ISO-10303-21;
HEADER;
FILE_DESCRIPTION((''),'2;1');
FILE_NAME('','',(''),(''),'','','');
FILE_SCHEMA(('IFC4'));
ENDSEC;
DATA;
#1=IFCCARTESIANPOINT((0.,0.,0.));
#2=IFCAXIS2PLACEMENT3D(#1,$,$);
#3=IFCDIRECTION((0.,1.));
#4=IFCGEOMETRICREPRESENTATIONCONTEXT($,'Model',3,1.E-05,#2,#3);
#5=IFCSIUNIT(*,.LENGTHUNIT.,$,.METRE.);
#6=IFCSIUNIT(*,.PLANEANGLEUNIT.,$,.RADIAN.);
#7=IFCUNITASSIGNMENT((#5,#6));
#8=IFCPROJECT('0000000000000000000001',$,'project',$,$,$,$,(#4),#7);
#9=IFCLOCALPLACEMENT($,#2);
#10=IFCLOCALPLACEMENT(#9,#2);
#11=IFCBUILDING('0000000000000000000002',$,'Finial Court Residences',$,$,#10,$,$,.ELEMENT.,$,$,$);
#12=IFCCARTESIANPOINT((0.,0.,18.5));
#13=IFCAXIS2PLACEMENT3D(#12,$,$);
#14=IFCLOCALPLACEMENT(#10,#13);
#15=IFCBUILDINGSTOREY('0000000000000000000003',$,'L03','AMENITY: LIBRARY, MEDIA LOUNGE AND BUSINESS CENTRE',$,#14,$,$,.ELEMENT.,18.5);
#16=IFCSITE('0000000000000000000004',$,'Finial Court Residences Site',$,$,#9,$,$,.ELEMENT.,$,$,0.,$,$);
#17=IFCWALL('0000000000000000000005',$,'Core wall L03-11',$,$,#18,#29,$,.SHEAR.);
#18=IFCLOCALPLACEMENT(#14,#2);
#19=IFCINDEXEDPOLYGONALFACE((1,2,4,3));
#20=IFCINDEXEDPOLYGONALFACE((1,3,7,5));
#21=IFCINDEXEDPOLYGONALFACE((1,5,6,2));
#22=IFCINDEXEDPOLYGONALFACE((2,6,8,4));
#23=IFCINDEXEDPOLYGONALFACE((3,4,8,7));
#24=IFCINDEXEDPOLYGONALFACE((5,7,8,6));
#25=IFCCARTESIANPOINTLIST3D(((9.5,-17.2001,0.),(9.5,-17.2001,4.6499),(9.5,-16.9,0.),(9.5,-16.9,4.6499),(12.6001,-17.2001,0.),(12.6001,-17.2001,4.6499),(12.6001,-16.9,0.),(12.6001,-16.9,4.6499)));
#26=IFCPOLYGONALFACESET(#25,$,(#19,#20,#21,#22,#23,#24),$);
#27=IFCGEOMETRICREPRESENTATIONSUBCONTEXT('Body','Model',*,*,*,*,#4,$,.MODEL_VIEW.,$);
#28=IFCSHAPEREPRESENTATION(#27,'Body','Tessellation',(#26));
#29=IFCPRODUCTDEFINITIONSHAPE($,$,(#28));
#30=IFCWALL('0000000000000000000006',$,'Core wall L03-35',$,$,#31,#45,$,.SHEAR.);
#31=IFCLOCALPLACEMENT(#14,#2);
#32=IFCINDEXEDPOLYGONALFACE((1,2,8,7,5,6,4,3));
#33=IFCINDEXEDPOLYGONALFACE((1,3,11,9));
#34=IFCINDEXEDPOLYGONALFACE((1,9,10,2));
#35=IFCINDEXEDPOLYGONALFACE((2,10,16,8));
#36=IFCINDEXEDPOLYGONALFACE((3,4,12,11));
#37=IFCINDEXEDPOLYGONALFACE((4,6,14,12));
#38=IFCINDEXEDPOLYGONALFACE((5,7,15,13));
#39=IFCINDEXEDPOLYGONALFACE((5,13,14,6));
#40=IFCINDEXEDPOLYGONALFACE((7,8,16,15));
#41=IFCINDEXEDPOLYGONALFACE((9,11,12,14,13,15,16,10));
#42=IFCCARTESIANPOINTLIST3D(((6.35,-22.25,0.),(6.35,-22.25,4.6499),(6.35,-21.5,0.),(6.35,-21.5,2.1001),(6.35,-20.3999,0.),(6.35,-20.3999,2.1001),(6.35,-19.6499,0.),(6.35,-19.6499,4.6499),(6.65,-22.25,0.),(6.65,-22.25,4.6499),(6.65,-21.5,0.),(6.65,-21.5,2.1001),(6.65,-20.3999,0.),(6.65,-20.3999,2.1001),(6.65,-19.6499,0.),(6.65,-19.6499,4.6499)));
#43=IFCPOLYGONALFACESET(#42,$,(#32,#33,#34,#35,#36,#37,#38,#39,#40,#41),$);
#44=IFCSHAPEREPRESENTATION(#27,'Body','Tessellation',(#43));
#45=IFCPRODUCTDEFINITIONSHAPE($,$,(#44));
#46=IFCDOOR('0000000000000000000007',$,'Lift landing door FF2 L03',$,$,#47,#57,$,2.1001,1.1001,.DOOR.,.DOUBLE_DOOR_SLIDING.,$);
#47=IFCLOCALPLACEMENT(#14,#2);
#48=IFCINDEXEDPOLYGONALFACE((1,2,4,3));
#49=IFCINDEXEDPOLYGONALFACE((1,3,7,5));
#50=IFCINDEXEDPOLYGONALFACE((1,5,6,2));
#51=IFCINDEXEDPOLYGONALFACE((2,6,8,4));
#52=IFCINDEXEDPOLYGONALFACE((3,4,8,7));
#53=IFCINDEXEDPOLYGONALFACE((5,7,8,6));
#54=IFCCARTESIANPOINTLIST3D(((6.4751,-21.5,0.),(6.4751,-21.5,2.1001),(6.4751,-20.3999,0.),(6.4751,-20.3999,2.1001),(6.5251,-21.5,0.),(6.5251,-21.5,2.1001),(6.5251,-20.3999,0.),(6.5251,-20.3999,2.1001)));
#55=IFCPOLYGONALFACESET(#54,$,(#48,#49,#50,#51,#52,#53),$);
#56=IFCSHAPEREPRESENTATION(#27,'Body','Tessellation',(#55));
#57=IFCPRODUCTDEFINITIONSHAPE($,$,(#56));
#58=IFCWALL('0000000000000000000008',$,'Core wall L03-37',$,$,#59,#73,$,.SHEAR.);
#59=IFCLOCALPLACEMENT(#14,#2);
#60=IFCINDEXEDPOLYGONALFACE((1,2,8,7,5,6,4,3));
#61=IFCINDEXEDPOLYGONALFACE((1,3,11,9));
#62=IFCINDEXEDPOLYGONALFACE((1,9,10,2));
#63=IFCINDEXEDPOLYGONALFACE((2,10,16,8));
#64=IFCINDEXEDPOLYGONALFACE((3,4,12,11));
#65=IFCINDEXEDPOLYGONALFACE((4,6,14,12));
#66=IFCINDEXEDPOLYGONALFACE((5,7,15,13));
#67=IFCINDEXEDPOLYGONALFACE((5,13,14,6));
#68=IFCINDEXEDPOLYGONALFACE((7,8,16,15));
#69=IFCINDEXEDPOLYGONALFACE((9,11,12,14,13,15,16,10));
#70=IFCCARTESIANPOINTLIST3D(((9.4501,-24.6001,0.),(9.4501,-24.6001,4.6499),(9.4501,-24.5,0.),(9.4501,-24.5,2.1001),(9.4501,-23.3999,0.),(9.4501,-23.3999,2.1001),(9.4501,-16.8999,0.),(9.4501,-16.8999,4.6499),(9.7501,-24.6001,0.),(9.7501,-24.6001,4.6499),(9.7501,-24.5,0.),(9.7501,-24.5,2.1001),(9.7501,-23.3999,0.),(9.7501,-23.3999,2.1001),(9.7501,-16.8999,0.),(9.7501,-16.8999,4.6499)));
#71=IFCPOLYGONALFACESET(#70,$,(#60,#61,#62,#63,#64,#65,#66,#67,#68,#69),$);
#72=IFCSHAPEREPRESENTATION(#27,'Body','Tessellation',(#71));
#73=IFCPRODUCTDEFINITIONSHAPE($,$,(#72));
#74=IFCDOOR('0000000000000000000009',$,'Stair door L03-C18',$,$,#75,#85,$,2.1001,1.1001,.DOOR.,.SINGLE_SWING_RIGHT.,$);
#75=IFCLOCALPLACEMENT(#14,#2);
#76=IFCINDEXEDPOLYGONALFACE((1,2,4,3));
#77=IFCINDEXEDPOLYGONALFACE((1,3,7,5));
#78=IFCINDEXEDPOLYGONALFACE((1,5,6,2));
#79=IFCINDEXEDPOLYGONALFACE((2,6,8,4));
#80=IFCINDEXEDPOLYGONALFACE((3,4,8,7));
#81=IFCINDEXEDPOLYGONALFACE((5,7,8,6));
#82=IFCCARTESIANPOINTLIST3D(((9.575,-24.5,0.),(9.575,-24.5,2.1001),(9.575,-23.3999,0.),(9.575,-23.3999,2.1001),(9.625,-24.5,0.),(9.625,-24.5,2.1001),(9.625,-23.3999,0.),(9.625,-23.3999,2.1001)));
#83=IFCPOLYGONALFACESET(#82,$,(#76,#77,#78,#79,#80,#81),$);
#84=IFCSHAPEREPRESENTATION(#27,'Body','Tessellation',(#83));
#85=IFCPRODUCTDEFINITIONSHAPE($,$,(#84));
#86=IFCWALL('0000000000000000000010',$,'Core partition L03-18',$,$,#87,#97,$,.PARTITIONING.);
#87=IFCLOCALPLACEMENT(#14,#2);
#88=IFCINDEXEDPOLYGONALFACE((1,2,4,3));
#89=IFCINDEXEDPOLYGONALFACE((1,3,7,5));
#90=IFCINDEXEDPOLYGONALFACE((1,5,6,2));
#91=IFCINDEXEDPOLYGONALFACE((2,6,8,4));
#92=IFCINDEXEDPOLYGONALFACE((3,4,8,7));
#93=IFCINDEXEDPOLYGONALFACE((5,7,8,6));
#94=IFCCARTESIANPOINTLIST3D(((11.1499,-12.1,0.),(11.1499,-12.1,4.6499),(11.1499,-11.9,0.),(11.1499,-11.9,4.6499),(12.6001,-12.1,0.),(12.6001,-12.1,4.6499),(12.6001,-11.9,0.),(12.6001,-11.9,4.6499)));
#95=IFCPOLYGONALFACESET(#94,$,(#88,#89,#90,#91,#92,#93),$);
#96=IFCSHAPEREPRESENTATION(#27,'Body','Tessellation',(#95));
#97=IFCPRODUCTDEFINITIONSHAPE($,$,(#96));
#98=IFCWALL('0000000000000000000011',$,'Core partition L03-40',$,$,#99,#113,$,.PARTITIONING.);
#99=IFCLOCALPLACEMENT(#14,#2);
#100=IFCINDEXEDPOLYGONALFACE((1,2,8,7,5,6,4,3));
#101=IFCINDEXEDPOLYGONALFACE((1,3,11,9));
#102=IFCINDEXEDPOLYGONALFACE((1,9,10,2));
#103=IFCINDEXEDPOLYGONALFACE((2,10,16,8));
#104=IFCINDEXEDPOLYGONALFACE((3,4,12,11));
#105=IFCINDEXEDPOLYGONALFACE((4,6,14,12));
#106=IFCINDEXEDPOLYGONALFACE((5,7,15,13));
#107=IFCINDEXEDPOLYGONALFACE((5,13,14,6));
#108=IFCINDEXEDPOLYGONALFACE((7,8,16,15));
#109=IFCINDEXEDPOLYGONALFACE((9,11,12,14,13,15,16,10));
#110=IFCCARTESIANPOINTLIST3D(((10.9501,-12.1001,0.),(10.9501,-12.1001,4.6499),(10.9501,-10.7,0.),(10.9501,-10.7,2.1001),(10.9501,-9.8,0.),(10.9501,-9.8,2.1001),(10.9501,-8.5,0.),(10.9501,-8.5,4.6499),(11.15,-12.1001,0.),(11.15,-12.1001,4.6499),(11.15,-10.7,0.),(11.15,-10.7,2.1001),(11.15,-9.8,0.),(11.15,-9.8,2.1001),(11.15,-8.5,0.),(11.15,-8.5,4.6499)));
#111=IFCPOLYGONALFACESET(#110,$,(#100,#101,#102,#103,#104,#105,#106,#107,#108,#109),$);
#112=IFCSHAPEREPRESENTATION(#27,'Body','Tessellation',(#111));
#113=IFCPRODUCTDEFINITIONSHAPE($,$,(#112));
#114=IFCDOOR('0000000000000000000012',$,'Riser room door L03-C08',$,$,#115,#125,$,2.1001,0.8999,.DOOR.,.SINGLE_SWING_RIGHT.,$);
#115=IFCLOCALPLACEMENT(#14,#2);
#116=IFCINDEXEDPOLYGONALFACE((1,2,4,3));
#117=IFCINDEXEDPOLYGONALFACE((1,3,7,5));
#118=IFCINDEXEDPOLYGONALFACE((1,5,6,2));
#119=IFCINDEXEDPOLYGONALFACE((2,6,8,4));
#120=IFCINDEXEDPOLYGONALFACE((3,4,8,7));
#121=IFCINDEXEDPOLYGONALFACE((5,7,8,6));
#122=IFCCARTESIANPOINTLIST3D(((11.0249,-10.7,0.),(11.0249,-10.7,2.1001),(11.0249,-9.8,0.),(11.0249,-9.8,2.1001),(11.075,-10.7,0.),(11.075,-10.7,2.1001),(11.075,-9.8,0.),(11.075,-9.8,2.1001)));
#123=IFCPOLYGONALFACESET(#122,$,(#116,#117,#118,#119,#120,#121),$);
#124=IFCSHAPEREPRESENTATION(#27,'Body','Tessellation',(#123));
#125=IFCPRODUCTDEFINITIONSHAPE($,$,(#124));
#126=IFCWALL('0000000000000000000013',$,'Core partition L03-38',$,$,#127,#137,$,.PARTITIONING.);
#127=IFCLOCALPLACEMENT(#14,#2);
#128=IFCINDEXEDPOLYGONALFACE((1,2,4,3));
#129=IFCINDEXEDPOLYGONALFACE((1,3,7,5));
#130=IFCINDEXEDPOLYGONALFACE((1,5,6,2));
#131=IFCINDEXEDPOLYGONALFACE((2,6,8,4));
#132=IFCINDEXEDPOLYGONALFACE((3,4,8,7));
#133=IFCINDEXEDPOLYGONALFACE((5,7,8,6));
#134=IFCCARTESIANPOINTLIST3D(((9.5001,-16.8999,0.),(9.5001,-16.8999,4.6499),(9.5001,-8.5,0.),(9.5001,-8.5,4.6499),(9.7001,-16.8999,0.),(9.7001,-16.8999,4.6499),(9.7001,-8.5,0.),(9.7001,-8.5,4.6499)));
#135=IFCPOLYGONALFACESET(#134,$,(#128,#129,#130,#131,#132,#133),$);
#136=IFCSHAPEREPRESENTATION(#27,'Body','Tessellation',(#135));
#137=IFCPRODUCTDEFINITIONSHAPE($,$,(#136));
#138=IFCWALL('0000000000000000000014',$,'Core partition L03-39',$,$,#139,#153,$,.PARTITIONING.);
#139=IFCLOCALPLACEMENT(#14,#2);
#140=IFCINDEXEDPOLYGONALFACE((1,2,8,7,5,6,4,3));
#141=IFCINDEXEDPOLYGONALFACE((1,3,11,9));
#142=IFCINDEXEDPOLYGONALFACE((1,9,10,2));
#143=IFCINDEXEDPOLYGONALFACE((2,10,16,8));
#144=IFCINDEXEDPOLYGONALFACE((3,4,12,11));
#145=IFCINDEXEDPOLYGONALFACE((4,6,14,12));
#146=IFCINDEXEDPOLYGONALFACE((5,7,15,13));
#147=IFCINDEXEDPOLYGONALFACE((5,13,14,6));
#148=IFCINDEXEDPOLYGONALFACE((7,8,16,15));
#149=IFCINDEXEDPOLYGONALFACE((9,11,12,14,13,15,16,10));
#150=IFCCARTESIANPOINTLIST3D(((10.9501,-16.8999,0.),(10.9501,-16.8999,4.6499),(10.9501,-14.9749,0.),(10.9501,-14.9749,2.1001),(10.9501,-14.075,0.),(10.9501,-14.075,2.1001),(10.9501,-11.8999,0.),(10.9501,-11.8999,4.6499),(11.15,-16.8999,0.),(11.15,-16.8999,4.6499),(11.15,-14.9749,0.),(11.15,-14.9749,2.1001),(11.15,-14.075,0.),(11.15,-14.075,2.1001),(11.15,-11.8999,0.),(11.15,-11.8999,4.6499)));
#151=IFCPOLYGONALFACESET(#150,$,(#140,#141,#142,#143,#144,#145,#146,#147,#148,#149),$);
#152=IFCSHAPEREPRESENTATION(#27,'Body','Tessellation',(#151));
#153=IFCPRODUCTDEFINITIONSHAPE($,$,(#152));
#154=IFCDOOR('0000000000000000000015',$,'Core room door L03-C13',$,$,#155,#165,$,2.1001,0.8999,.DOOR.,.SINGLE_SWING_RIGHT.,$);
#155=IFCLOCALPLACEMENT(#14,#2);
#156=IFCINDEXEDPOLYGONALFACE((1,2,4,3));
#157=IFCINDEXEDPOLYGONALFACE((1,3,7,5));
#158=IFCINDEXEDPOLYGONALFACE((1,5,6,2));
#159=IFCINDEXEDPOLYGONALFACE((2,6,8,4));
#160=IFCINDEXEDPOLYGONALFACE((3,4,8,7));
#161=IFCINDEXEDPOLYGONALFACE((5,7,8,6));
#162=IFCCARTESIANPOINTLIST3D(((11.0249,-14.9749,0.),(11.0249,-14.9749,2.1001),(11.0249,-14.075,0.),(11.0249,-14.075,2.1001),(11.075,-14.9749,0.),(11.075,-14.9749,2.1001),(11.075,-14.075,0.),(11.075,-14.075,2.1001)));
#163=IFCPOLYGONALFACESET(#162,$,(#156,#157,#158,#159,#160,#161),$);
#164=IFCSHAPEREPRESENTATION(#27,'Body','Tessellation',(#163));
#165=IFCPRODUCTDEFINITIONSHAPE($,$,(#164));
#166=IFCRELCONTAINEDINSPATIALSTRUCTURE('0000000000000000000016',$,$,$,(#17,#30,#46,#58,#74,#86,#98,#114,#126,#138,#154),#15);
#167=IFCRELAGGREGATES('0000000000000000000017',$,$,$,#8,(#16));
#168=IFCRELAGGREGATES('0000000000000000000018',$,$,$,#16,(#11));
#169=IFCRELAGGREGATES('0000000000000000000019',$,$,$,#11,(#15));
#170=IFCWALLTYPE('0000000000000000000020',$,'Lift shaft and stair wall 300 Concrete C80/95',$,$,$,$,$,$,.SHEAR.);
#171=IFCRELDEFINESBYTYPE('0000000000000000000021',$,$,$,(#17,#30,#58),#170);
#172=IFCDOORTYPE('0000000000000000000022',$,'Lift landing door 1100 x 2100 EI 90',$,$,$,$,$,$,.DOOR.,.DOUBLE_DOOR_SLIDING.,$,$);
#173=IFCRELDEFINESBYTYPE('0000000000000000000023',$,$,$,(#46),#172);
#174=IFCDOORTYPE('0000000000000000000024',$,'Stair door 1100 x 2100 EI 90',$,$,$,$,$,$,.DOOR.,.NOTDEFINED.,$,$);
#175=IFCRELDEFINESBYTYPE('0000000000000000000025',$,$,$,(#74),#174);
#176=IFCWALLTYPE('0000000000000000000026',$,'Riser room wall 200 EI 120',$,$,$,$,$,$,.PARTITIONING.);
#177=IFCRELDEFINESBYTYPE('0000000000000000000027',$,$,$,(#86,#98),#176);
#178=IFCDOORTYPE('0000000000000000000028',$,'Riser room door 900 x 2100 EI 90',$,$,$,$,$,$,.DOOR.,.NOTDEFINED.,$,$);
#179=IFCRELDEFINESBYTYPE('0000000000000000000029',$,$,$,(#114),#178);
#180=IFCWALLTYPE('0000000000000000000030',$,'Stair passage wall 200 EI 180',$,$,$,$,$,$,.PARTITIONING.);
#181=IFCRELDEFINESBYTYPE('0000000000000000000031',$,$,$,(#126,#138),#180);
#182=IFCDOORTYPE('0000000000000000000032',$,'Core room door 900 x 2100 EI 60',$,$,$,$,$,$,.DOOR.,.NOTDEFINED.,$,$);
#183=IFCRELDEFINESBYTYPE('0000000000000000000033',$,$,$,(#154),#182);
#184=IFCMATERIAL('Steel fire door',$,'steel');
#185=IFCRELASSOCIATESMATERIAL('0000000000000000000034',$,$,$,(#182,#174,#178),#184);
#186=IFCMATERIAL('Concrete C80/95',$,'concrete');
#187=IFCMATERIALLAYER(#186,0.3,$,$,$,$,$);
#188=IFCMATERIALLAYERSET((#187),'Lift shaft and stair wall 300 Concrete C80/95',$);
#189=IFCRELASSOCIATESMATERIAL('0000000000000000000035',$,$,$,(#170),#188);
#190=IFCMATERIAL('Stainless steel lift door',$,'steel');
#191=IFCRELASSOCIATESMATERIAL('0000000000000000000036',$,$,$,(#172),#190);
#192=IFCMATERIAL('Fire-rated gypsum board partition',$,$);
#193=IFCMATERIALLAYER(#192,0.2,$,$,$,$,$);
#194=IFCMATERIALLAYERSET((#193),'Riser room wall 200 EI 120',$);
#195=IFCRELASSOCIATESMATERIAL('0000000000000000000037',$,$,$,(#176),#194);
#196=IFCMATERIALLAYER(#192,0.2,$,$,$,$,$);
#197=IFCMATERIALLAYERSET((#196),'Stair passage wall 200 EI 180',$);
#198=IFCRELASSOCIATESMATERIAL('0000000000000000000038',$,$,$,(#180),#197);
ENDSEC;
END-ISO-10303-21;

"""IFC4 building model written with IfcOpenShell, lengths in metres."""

from ifc_helpers import new_model, si_unit, direction, frame, frame_2d, origin, place, context, subcontext, project, spatial, rectangle, extrude, material, layer, layer_set, type_object, element, fill, save


model = new_model("IFC4")

# Units and contexts
model_context = context("Model", 3, precision=1e-05, world=origin(), true_north=direction((0.0, 1.0)))
body_context = subcontext(model_context, "Body", "Model", "MODEL_VIEW")
ifc_project = project(units=[si_unit("LENGTHUNIT", "METRE"), si_unit("PLANEANGLEUNIT", "RADIAN")], contexts=[model_context])

# Site, building, storey
site_placement = place(None, origin())
site = spatial("IfcSite", under=ifc_project, at=site_placement, Name="Finial Court Residences Site", CompositionType="ELEMENT", RefElevation=0.0)
building_placement = place(site_placement, origin())
building = spatial("IfcBuilding", under=site, at=building_placement, Name="Finial Court Residences", CompositionType="ELEMENT")
storey_placement = place(building_placement, frame((0.0, 0.0, 18.5)))
storey = spatial("IfcBuildingStorey", under=building, at=storey_placement, Name="L03", Description="AMENITY: LIBRARY, MEDIA LOUNGE AND BUSINESS CENTRE", CompositionType="ELEMENT", Elevation=18.5)

# Shared definitions
ifc_material_1 = material(Name="Concrete C80/95", Category="concrete")

# Shared definitions
ifc_material_2 = material(Name="Fire-rated gypsum board partition")

# Shared definitions
ifc_material_3 = material(Name="Steel fire door", Category="steel")
door_type_1 = type_object("IfcDoorType", Name="Core room door 900 x 2100 EI 60", OperationType="NOTDEFINED", PredefinedType="DOOR", material=ifc_material_3)

# Wall
ifc_layer_1 = layer(ifc_material_1, 0.3)
ifc_layer_set_1 = layer_set([ifc_layer_1], Name="Lift shaft and stair wall 300 Concrete C80/95")
wall_type_1 = type_object("IfcWallType", Name="Lift shaft and stair wall 300 Concrete C80/95", PredefinedType="SHEAR", material=ifc_layer_set_1)
wall_1_placement = place(storey_placement, frame((9.5, -17.05, 0.0), z_axis=(0.0, 0.0, 1.0), x_axis=(1.0, 0.0, 0.0)))
element("IfcWall", 1, at=wall_1_placement, inside=storey, type_object=wall_type_1, Name="Core wall L03-11", PredefinedType="SHEAR", context=body_context, shape_type="SweptSolid", body=[
    extrude(rectangle(XDim=3.1001, YDim=0.3, at=frame_2d((1.55, 0.0))), origin(), (0.0, 0.0, 1.0), 4.6499),
])

# Walls, openings, doors
wall_2_placement = place(storey_placement, frame((6.5, -22.25, 0.0), z_axis=(0.0, 0.0, 1.0), x_axis=(0.0, 1.0, 0.0)))
wall_2 = element("IfcWall", 2, at=wall_2_placement, inside=storey, type_object=wall_type_1, Name="Core wall L03-35", PredefinedType="SHEAR", context=body_context, shape_type="SweptSolid", body=[
    extrude(rectangle(XDim=2.6001, YDim=0.3, at=frame_2d((1.3, 0.0))), origin(), (0.0, 0.0, 1.0), 4.6499),
])
opening_1_placement = place(wall_2_placement, frame((0.75, 0.0, 0.0)))
opening_1 = element("IfcOpeningElement", 3, at=opening_1_placement, cuts=wall_2, PredefinedType="OPENING", context=body_context, shape_type="SweptSolid", body=[
    extrude(rectangle(XDim=1.1001, YDim=2.1001, at=frame_2d((0.55, 1.05))), frame((0.0, 0.1599, 0.0), z_axis=(0.0, -1.0, 0.0), x_axis=(1.0, 0.0, 0.0)), (0.0, 0.0, 1.0), 0.3201),
])
ifc_material_4 = material(Name="Stainless steel lift door", Category="steel")
door_type_2 = type_object("IfcDoorType", Name="Lift landing door 1100 x 2100 EI 90", OperationType="DOUBLE_DOOR_SLIDING", PredefinedType="DOOR", material=ifc_material_4)
door_1_placement = place(opening_1_placement, origin())
door_1 = element("IfcDoor", 4, at=door_1_placement, inside=storey, type_object=door_type_2, Name="Lift landing door FF2 L03", OperationType="DOUBLE_DOOR_SLIDING", OverallHeight=2.1001, OverallWidth=1.1001, PredefinedType="DOOR", context=body_context, shape_type="SweptSolid", body=[
    extrude(rectangle(XDim=1.1001, YDim=2.1001, at=frame_2d((0.55, 1.05))), frame((0.0, 0.0249, 0.0), z_axis=(0.0, -1.0, 0.0), x_axis=(1.0, 0.0, 0.0)), (0.0, 0.0, 1.0), 0.05),
])
fill(opening_1, door_1)
wall_3_placement = place(storey_placement, frame((9.6001, -16.8999, 0.0), z_axis=(0.0, 0.0, 1.0), x_axis=(0.0, -1.0, 0.0)))
wall_3 = element("IfcWall", 5, at=wall_3_placement, inside=storey, type_object=wall_type_1, Name="Core wall L03-37", PredefinedType="SHEAR", context=body_context, shape_type="SweptSolid", body=[
    extrude(rectangle(XDim=7.7002, YDim=0.3, at=frame_2d((3.8501, 0.0))), origin(), (0.0, 0.0, 1.0), 4.6499),
])
opening_2_placement = place(wall_3_placement, frame((6.5, 0.0, 0.0)))
opening_2 = element("IfcOpeningElement", 6, at=opening_2_placement, cuts=wall_3, PredefinedType="OPENING", context=body_context, shape_type="SweptSolid", body=[
    extrude(rectangle(XDim=1.1001, YDim=2.1001, at=frame_2d((0.55, 1.05))), frame((0.0, 0.1599, 0.0), z_axis=(0.0, -1.0, 0.0), x_axis=(1.0, 0.0, 0.0)), (0.0, 0.0, 1.0), 0.3201),
])
door_type_3 = type_object("IfcDoorType", Name="Stair door 1100 x 2100 EI 90", OperationType="NOTDEFINED", PredefinedType="DOOR", material=ifc_material_3)
door_2_placement = place(opening_2_placement, origin())
door_2 = element("IfcDoor", 7, at=door_2_placement, inside=storey, type_object=door_type_3, Name="Stair door L03-C18", OperationType="SINGLE_SWING_RIGHT", OverallHeight=2.1001, OverallWidth=1.1001, PredefinedType="DOOR", context=body_context, shape_type="SweptSolid", body=[
    extrude(rectangle(XDim=1.1001, YDim=2.1001, at=frame_2d((0.55, 1.05))), frame((0.0, 0.0249, 0.0), z_axis=(0.0, -1.0, 0.0), x_axis=(1.0, 0.0, 0.0)), (0.0, 0.0, 1.0), 0.05),
])
fill(opening_2, door_2)

# Wall
ifc_layer_2 = layer(ifc_material_2, 0.2)
ifc_layer_set_2 = layer_set([ifc_layer_2], Name="Riser room wall 200 EI 120")
wall_type_2 = type_object("IfcWallType", Name="Riser room wall 200 EI 120", PredefinedType="PARTITIONING", material=ifc_layer_set_2)
wall_4_placement = place(storey_placement, frame((11.1499, -12.0, 0.0), z_axis=(0.0, 0.0, 1.0), x_axis=(1.0, 0.0, 0.0)))
element("IfcWall", 8, at=wall_4_placement, inside=storey, type_object=wall_type_2, Name="Core partition L03-18", PredefinedType="PARTITIONING", context=body_context, shape_type="SweptSolid", body=[
    extrude(rectangle(XDim=1.4502, YDim=0.2, at=frame_2d((0.7251, 0.0))), origin(), (0.0, 0.0, 1.0), 4.6499),
])

# Wall, opening, door
wall_5_placement = place(storey_placement, frame((11.05, -8.5, 0.0), z_axis=(0.0, 0.0, 1.0), x_axis=(0.0, -1.0, 0.0)))
wall_5 = element("IfcWall", 9, at=wall_5_placement, inside=storey, type_object=wall_type_2, Name="Core partition L03-40", PredefinedType="PARTITIONING", context=body_context, shape_type="SweptSolid", body=[
    extrude(rectangle(XDim=3.6001, YDim=0.2, at=frame_2d((1.8, 0.0))), origin(), (0.0, 0.0, 1.0), 4.6499),
])
opening_3_placement = place(wall_5_placement, frame((1.3, 0.0, 0.0)))
opening_3 = element("IfcOpeningElement", 10, at=opening_3_placement, cuts=wall_5, PredefinedType="OPENING", context=body_context, shape_type="SweptSolid", body=[
    extrude(rectangle(XDim=0.8999, YDim=2.1001, at=frame_2d((0.45, 1.05))), frame((0.0, 0.1099, 0.0), z_axis=(0.0, -1.0, 0.0), x_axis=(1.0, 0.0, 0.0)), (0.0, 0.0, 1.0), 0.22),
])
door_type_4 = type_object("IfcDoorType", Name="Riser room door 900 x 2100 EI 90", OperationType="NOTDEFINED", PredefinedType="DOOR", material=ifc_material_3)
door_3_placement = place(opening_3_placement, origin())
door_3 = element("IfcDoor", 11, at=door_3_placement, inside=storey, type_object=door_type_4, Name="Riser room door L03-C08", OperationType="SINGLE_SWING_RIGHT", OverallHeight=2.1001, OverallWidth=0.8999, PredefinedType="DOOR", context=body_context, shape_type="SweptSolid", body=[
    extrude(rectangle(XDim=0.8999, YDim=2.1001, at=frame_2d((0.45, 1.05))), frame((0.0, 0.0249, 0.0), z_axis=(0.0, -1.0, 0.0), x_axis=(1.0, 0.0, 0.0)), (0.0, 0.0, 1.0), 0.05),
])
fill(opening_3, door_3)

# Wall
ifc_layer_3 = layer(ifc_material_2, 0.2)
ifc_layer_set_3 = layer_set([ifc_layer_3], Name="Stair passage wall 200 EI 180")
wall_type_3 = type_object("IfcWallType", Name="Stair passage wall 200 EI 180", PredefinedType="PARTITIONING", material=ifc_layer_set_3)
wall_6_placement = place(storey_placement, frame((9.6001, -16.8999, 0.0), z_axis=(0.0, 0.0, 1.0), x_axis=(0.0, 1.0, 0.0)))
element("IfcWall", 12, at=wall_6_placement, inside=storey, type_object=wall_type_3, Name="Core partition L03-38", PredefinedType="PARTITIONING", context=body_context, shape_type="SweptSolid", body=[
    extrude(rectangle(XDim=8.3999, YDim=0.2, at=frame_2d((4.2, 0.0))), origin(), (0.0, 0.0, 1.0), 4.6499),
])

# Wall, opening, door
wall_7_placement = place(storey_placement, frame((11.05, -11.8999, 0.0), z_axis=(0.0, 0.0, 1.0), x_axis=(0.0, -1.0, 0.0)))
wall_7 = element("IfcWall", 13, at=wall_7_placement, inside=storey, type_object=wall_type_3, Name="Core partition L03-39", PredefinedType="PARTITIONING", context=body_context, shape_type="SweptSolid", body=[
    extrude(rectangle(XDim=5.0, YDim=0.2, at=frame_2d((2.5, 0.0))), origin(), (0.0, 0.0, 1.0), 4.6499),
])
opening_4_placement = place(wall_7_placement, frame((2.175, 0.0, 0.0)))
opening_4 = element("IfcOpeningElement", 14, at=opening_4_placement, cuts=wall_7, PredefinedType="OPENING", context=body_context, shape_type="SweptSolid", body=[
    extrude(rectangle(XDim=0.8999, YDim=2.1001, at=frame_2d((0.45, 1.05))), frame((0.0, 0.1099, 0.0), z_axis=(0.0, -1.0, 0.0), x_axis=(1.0, 0.0, 0.0)), (0.0, 0.0, 1.0), 0.22),
])
door_4_placement = place(opening_4_placement, origin())
door_4 = element("IfcDoor", 15, at=door_4_placement, inside=storey, type_object=door_type_1, Name="Core room door L03-C13", OperationType="SINGLE_SWING_RIGHT", OverallHeight=2.1001, OverallWidth=0.8999, PredefinedType="DOOR", context=body_context, shape_type="SweptSolid", body=[
    extrude(rectangle(XDim=0.8999, YDim=2.1001, at=frame_2d((0.45, 1.05))), frame((0.0, 0.0249, 0.0), z_axis=(0.0, -1.0, 0.0), x_axis=(1.0, 0.0, 0.0)), (0.0, 0.0, 1.0), 0.05),
])
fill(opening_4, door_4)

save(model, "model.ifc")
